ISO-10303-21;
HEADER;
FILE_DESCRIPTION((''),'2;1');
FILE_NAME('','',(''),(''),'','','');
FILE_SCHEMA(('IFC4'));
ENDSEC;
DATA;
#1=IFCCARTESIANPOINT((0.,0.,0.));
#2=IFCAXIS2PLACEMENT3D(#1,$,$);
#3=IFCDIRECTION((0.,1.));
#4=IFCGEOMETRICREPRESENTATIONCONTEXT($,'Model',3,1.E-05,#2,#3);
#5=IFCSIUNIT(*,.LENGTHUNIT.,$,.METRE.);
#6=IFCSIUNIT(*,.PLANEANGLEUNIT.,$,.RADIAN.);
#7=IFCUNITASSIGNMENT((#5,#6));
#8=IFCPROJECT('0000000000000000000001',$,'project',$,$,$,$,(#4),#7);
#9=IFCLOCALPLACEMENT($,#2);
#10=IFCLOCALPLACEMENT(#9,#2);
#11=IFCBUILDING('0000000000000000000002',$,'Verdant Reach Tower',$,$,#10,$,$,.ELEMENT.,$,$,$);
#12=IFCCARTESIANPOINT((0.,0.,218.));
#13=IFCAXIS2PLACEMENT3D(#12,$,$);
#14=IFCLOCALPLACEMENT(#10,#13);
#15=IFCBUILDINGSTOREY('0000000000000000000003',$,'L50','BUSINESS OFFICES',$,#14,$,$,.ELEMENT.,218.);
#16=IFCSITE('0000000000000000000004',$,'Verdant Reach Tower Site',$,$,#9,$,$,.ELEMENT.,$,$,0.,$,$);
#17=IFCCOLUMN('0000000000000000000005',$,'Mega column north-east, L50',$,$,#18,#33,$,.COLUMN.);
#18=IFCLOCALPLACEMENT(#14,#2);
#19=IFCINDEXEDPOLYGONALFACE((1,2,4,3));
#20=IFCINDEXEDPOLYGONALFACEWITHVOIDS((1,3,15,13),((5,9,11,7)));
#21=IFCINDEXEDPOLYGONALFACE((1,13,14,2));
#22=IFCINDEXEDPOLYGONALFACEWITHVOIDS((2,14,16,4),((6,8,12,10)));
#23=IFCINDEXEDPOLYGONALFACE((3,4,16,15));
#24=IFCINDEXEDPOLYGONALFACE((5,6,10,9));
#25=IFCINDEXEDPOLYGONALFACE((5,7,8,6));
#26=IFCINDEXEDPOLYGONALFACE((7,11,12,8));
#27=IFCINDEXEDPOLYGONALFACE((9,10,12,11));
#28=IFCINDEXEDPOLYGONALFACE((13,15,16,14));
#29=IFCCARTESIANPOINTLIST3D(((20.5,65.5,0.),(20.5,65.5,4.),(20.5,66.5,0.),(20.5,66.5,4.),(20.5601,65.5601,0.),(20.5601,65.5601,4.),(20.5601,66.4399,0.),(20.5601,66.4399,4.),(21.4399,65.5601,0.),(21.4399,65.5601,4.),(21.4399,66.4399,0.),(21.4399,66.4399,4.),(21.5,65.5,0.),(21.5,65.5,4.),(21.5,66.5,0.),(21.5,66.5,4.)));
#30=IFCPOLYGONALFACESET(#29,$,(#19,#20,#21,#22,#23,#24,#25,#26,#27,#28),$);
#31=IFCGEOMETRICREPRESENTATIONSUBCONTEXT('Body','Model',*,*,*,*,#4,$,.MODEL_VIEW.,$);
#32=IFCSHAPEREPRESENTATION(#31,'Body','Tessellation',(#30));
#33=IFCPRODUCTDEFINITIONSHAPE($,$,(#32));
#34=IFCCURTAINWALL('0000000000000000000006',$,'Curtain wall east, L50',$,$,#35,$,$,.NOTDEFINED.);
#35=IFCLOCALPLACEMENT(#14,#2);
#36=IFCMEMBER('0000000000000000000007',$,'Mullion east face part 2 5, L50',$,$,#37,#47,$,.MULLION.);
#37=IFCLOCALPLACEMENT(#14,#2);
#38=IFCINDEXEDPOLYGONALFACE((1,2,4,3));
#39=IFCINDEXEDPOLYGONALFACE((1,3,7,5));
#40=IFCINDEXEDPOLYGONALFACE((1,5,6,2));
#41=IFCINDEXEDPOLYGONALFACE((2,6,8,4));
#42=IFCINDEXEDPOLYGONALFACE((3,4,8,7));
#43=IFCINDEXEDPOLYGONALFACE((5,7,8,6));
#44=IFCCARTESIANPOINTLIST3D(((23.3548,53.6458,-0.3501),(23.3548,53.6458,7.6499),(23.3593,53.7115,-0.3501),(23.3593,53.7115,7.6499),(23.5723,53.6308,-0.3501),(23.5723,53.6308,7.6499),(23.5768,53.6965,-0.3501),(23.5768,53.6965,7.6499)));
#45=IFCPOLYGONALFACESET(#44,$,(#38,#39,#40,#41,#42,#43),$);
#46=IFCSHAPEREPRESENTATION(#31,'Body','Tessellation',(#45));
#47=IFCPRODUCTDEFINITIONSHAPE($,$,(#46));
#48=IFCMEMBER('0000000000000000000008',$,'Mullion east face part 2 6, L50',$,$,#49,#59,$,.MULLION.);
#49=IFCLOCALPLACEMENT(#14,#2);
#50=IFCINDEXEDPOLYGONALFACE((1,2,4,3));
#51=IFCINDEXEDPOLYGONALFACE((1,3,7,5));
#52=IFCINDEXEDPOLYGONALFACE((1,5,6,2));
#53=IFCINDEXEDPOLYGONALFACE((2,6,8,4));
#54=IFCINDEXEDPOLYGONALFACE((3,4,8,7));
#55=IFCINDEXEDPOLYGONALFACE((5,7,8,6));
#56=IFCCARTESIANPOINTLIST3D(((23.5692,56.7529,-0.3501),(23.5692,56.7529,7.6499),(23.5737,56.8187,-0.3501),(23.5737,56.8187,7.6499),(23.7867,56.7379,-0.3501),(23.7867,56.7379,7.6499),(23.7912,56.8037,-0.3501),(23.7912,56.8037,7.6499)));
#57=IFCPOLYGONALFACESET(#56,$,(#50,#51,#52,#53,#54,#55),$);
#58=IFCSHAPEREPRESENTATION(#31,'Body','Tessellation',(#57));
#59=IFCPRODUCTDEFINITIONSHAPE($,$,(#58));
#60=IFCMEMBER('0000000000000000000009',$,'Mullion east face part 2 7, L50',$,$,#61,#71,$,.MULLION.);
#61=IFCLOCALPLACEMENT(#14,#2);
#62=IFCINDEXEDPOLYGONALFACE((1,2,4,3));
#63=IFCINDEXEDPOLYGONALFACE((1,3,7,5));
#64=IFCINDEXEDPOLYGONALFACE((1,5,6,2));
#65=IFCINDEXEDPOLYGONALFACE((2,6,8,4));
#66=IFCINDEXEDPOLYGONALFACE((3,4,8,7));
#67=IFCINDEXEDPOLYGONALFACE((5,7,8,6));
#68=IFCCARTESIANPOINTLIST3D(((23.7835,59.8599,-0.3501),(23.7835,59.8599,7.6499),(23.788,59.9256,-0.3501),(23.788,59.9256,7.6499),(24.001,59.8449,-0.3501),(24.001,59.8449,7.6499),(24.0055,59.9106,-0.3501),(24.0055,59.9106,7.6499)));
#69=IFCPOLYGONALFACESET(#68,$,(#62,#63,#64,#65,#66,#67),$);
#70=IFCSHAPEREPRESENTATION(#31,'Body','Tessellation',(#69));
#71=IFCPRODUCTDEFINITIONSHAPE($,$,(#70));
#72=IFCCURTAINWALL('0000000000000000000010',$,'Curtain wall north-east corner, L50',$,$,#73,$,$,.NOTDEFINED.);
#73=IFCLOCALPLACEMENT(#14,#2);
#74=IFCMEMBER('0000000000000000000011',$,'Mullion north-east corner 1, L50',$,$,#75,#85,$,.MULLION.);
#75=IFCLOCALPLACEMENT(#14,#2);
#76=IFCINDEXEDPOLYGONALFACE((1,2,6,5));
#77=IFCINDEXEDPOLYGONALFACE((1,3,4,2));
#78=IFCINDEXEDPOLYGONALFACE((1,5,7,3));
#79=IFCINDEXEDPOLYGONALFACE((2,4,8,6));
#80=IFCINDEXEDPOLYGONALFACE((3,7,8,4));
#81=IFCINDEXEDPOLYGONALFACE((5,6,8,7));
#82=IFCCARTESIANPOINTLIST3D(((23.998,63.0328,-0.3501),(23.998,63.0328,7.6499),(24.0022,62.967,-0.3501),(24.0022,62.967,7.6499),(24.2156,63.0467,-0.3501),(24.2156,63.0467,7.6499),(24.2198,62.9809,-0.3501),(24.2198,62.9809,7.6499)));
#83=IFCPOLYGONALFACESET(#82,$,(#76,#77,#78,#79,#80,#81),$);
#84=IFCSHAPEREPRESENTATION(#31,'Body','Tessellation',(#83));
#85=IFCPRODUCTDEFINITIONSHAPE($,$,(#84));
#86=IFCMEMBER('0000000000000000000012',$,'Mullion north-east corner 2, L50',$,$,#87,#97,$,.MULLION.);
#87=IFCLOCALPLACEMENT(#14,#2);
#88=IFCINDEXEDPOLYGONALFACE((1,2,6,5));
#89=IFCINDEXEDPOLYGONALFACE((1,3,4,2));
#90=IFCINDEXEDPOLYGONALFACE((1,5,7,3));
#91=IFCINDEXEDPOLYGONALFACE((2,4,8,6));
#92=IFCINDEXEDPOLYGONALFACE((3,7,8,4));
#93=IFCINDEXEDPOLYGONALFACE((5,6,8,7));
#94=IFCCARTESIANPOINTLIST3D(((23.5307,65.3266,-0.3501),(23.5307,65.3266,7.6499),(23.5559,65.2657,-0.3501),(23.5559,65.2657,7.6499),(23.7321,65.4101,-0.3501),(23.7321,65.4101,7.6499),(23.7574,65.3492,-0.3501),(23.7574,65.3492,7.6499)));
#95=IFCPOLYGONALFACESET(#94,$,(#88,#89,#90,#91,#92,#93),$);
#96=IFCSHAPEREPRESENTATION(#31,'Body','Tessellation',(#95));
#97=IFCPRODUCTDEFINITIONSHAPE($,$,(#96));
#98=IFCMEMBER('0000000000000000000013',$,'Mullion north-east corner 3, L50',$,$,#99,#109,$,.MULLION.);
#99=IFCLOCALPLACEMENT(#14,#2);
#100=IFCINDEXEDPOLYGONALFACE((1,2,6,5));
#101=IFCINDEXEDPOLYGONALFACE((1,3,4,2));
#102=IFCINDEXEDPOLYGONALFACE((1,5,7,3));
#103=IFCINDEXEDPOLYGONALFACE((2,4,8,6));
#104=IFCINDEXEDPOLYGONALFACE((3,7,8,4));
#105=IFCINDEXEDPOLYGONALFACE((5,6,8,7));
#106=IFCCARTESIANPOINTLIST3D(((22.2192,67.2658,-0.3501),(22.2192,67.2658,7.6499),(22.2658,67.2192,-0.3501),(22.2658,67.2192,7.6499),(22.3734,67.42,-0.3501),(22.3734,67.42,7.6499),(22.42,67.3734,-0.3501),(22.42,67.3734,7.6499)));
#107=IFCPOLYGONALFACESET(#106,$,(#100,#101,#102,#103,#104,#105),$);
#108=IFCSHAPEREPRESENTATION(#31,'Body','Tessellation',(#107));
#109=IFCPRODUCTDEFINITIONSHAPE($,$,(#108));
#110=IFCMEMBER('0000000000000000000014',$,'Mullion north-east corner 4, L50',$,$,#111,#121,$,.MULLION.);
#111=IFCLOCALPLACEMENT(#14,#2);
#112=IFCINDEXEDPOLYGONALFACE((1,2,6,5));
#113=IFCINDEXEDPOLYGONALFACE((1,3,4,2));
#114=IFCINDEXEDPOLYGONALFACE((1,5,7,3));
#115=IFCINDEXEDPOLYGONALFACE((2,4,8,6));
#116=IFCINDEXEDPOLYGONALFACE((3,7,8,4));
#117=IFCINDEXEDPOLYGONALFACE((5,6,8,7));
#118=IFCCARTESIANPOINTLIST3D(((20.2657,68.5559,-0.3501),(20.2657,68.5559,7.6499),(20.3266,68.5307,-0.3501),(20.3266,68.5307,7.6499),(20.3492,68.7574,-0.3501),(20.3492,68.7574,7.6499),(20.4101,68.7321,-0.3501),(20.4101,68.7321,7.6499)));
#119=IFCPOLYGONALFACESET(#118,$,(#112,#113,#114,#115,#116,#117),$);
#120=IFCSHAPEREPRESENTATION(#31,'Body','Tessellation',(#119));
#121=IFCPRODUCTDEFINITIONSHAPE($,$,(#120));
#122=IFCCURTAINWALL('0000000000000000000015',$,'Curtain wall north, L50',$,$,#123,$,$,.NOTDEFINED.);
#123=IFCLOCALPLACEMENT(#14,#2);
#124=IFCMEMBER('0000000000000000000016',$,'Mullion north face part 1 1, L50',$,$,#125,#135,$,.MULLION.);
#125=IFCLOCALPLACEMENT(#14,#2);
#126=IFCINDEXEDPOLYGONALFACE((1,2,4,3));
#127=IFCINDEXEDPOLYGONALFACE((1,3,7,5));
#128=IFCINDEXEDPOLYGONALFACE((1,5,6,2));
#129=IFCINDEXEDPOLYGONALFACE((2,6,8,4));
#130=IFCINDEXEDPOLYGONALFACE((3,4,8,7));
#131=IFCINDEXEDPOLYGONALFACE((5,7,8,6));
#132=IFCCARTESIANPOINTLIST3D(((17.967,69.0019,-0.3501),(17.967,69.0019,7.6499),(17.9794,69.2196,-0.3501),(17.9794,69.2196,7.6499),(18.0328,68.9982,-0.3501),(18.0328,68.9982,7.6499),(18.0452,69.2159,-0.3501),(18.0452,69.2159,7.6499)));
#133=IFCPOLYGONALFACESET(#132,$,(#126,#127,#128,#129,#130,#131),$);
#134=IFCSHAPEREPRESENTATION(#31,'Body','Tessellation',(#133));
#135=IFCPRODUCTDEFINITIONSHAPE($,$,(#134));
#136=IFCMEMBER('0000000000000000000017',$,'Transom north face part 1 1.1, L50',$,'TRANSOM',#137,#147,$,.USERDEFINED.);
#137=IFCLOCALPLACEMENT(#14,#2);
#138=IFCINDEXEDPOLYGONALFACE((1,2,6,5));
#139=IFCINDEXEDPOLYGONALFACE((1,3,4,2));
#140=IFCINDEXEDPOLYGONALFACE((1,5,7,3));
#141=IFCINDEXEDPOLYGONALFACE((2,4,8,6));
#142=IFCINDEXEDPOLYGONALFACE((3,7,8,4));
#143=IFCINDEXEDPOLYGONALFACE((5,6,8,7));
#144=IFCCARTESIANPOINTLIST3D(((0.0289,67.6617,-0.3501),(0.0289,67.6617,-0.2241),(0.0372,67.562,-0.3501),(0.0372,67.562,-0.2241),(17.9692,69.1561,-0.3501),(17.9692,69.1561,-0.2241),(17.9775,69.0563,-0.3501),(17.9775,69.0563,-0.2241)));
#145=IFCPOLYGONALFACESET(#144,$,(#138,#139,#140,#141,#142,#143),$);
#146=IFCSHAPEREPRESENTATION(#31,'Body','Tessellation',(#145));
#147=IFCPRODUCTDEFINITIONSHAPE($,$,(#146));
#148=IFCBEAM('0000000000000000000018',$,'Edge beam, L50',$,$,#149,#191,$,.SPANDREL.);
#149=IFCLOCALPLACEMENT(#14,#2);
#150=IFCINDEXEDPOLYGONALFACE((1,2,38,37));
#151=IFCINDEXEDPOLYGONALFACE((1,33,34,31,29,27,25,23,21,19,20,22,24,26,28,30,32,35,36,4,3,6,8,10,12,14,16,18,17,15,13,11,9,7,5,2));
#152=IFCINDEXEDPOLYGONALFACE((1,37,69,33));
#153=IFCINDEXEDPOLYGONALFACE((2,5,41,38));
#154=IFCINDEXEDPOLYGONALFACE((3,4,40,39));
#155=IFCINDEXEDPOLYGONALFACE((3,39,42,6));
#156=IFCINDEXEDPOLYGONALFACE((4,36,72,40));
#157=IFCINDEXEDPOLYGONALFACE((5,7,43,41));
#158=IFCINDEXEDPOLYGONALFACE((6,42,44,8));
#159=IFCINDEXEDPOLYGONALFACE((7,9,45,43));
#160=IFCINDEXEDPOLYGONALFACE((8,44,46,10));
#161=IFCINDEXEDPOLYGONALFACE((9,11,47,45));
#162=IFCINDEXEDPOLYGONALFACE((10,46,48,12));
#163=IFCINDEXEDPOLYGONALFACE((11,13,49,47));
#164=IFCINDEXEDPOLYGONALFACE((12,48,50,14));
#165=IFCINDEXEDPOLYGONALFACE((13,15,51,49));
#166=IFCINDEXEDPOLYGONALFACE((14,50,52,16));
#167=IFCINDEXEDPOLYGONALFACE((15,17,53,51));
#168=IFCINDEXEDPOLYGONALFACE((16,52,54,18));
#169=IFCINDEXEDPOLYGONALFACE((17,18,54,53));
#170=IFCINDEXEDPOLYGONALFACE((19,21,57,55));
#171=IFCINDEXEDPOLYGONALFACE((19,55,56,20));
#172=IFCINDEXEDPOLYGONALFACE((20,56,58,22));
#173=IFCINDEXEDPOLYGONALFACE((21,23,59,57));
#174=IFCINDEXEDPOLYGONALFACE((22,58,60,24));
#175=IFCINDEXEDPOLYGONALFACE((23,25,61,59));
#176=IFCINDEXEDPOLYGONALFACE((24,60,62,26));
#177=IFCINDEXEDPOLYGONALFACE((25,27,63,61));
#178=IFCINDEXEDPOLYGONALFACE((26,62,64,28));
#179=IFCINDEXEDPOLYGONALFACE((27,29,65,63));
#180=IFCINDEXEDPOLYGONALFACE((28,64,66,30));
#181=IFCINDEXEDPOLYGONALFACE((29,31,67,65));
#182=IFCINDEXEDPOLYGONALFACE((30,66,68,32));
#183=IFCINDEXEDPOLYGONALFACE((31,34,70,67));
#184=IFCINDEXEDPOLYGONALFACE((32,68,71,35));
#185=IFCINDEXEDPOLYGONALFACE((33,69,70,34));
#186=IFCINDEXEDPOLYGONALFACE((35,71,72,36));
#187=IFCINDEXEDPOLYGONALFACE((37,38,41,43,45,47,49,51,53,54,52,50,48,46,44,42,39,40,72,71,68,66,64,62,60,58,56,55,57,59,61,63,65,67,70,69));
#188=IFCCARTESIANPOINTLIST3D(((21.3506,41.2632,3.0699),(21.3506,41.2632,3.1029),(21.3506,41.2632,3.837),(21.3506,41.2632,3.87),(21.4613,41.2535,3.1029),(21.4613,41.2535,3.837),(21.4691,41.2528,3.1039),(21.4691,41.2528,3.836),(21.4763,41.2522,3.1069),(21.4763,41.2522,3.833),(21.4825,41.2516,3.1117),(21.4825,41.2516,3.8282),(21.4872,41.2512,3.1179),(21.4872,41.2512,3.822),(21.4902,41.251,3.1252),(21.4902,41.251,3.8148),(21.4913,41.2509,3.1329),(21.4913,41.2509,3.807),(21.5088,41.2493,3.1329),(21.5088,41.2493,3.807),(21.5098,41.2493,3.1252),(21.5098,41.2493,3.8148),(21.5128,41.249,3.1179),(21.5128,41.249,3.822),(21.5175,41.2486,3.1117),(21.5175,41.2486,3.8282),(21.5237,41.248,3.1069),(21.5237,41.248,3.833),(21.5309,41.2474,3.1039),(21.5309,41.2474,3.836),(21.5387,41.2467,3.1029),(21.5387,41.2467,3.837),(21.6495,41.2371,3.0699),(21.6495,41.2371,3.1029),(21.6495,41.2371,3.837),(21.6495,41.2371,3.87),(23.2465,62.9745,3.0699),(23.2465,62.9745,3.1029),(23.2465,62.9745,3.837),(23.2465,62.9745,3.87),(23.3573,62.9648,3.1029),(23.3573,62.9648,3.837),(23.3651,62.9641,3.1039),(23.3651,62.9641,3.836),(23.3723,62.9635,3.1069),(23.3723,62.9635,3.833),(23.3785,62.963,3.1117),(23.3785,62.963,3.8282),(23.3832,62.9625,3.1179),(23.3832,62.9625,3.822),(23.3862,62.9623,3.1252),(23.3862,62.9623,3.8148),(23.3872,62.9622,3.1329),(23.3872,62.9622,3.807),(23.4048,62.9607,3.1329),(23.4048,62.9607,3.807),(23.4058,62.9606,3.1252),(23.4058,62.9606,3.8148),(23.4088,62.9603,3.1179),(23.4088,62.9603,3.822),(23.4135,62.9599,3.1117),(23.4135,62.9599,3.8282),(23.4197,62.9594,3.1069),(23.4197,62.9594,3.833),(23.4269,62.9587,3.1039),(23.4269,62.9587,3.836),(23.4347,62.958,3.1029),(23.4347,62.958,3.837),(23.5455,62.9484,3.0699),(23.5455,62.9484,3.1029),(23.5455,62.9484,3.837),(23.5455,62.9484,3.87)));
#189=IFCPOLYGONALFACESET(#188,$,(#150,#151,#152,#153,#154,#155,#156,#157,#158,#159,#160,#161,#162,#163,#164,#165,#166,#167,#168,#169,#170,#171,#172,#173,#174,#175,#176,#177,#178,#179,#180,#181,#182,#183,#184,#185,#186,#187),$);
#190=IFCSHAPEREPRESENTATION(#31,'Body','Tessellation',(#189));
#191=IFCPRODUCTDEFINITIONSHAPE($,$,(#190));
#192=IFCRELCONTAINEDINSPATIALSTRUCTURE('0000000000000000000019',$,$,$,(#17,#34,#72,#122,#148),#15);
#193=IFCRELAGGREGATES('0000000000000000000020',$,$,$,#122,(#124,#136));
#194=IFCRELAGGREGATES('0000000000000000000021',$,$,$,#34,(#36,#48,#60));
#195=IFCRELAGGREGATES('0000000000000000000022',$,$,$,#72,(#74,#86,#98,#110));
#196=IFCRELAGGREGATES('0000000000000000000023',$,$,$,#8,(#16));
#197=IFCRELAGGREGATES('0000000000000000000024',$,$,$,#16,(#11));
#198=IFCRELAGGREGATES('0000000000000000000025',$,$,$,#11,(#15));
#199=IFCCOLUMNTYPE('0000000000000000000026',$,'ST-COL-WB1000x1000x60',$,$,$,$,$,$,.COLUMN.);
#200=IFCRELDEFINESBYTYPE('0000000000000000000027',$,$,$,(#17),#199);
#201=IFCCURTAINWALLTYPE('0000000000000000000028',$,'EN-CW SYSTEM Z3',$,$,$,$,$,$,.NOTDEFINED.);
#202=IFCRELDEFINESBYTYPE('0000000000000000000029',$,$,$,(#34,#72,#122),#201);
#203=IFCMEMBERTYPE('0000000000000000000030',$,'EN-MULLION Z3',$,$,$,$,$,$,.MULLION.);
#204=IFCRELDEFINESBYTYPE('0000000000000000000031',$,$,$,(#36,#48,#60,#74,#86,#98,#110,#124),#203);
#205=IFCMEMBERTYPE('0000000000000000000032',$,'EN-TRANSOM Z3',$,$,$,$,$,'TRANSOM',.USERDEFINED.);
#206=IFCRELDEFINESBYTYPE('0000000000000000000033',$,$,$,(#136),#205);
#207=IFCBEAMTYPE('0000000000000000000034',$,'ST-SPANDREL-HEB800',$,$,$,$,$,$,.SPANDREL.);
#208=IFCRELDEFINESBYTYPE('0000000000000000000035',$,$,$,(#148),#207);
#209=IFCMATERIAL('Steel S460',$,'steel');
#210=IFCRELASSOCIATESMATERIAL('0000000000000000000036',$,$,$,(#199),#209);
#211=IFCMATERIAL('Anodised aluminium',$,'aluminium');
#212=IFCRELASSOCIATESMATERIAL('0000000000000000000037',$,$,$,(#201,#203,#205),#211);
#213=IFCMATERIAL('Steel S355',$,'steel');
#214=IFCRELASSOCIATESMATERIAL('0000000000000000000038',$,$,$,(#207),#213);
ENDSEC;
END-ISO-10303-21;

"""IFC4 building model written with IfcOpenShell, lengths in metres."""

from ifc_helpers import new_model, si_unit, direction, frame, origin, origin_2d, place, context, subcontext, project, spatial, rectangle, hollow_rectangle, i_section, extrude, material, material_profile, profile_set, type_object, element, aggregate, save


model = new_model("IFC4")

# Units and contexts
model_context = context("Model", 3, precision=1e-05, world=origin(), true_north=direction((0.0, 1.0)))
body_context = subcontext(model_context, "Body", "Model", "MODEL_VIEW")
ifc_project = project(units=[si_unit("LENGTHUNIT", "METRE"), si_unit("PLANEANGLEUNIT", "RADIAN")], contexts=[model_context])

# Site, building, storey
site_placement = place(None, origin())
site = spatial("IfcSite", under=ifc_project, at=site_placement, Name="Verdant Reach Tower Site", CompositionType="ELEMENT", RefElevation=0.0)
building_placement = place(site_placement, origin())
building = spatial("IfcBuilding", under=site, at=building_placement, Name="Verdant Reach Tower", CompositionType="ELEMENT")
storey_placement = place(building_placement, frame((0.0, 0.0, 218.0)))
storey = spatial("IfcBuildingStorey", under=building, at=storey_placement, Name="L50", Description="BUSINESS OFFICES", CompositionType="ELEMENT", Elevation=218.0)

# Column
ifc_material_1 = material(Name="Steel S460", Category="steel")
ifc_material_profile_1 = material_profile(ifc_material_1, hollow_rectangle(XDim=1.0, YDim=1.0, WallThickness=0.0601, at=origin_2d()), Name="WB 1000x1000x60")
ifc_profile_set_1 = profile_set([ifc_material_profile_1], Name="Steel S460")
column_type = type_object("IfcColumnType", Name="ST-COL-WB1000x1000x60", PredefinedType="COLUMN", material=ifc_profile_set_1)
column_placement = place(storey_placement, frame((21.0, 66.0, 0.0), z_axis=(0.0, 0.0, 1.0), x_axis=(1.0, 0.0, 0.0)))
element("IfcColumn", 1, at=column_placement, inside=storey, type_object=column_type, Name="Mega column north-east, L50", PredefinedType="COLUMN", context=body_context, shape_type="SweptSolid", body=[
    extrude(hollow_rectangle(XDim=1.0, YDim=1.0, WallThickness=0.0601, at=origin_2d()), origin(), (0.0, 0.0, 1.0), 4.0),
])

# Curtain walls, members
ifc_material_2 = material(Name="Anodised aluminium", Category="aluminium")
curtain_wall_type = type_object("IfcCurtainWallType", Name="EN-CW SYSTEM Z3", PredefinedType="NOTDEFINED", material=ifc_material_2)
curtain_wall_1_placement = place(storey_placement, origin())
curtain_wall_1 = element("IfcCurtainWall", 2, at=curtain_wall_1_placement, inside=storey, type_object=curtain_wall_type, Name="Curtain wall east, L50", PredefinedType="NOTDEFINED")
ifc_material_profile_2 = material_profile(ifc_material_2, rectangle(XDim=0.218, YDim=0.0659, at=origin_2d()), Name="Mullion 66x218")
ifc_profile_set_2 = profile_set([ifc_material_profile_2], Name="Anodised aluminium")
member_type_1 = type_object("IfcMemberType", Name="EN-MULLION Z3", PredefinedType="MULLION", material=ifc_profile_set_2)
member_1_placement = place(storey_placement, frame((23.4658, 53.6711, -0.3501), z_axis=(0.0, 0.0, 1.0), x_axis=(0.99763, -0.068802, 0.0)))
member_1 = element("IfcMember", 3, at=member_1_placement, type_object=member_type_1, Name="Mullion east face part 2 5, L50", PredefinedType="MULLION", context=body_context, shape_type="SweptSolid", body=[
    extrude(rectangle(XDim=0.218, YDim=0.0659, at=origin_2d()), origin(), (0.0, 0.0, 1.0), 8.0),
])
member_2_placement = place(storey_placement, frame((23.6802, 56.7783, -0.3501), z_axis=(0.0, 0.0, 1.0), x_axis=(0.99763, -0.068802, 0.0)))
member_2 = element("IfcMember", 4, at=member_2_placement, type_object=member_type_1, Name="Mullion east face part 2 6, L50", PredefinedType="MULLION", context=body_context, shape_type="SweptSolid", body=[
    extrude(rectangle(XDim=0.218, YDim=0.0659, at=origin_2d()), origin(), (0.0, 0.0, 1.0), 8.0),
])
member_3_placement = place(storey_placement, frame((23.8945, 59.8853, -0.3501), z_axis=(0.0, 0.0, 1.0), x_axis=(0.99763, -0.068802, 0.0)))
member_3 = element("IfcMember", 5, at=member_3_placement, type_object=member_type_1, Name="Mullion east face part 2 7, L50", PredefinedType="MULLION", context=body_context, shape_type="SweptSolid", body=[
    extrude(rectangle(XDim=0.218, YDim=0.0659, at=origin_2d()), origin(), (0.0, 0.0, 1.0), 8.0),
])
curtain_wall_2_placement = place(storey_placement, origin())
curtain_wall_2 = element("IfcCurtainWall", 6, at=curtain_wall_2_placement, inside=storey, type_object=curtain_wall_type, Name="Curtain wall north-east corner, L50", PredefinedType="NOTDEFINED")
member_4_placement = place(storey_placement, frame((24.1089, 63.0068, -0.3501), z_axis=(0.0, 0.0, 1.0), x_axis=(0.997969, 0.063699, 0.0)))
member_4 = element("IfcMember", 7, at=member_4_placement, type_object=member_type_1, Name="Mullion north-east corner 1, L50", PredefinedType="MULLION", context=body_context, shape_type="SweptSolid", body=[
    extrude(rectangle(XDim=0.218, YDim=0.0659, at=origin_2d()), origin(), (0.0, 0.0, 1.0), 8.0),
])
member_5_placement = place(storey_placement, frame((23.644, 65.3379, -0.3501), z_axis=(0.0, 0.0, 1.0), x_axis=(0.923875, 0.382694, 0.0)))
member_5 = element("IfcMember", 8, at=member_5_placement, type_object=member_type_1, Name="Mullion north-east corner 2, L50", PredefinedType="MULLION", context=body_context, shape_type="SweptSolid", body=[
    extrude(rectangle(XDim=0.218, YDim=0.0659, at=origin_2d()), origin(), (0.0, 0.0, 1.0), 8.0),
])
member_6_placement = place(storey_placement, frame((22.3196, 67.3196, -0.3501), z_axis=(0.0, 0.0, 1.0), x_axis=(0.707107, 0.707107, 0.0)))
member_6 = element("IfcMember", 9, at=member_6_placement, type_object=member_type_1, Name="Mullion north-east corner 3, L50", PredefinedType="MULLION", context=body_context, shape_type="SweptSolid", body=[
    extrude(rectangle(XDim=0.218, YDim=0.0659, at=origin_2d()), origin(), (0.0, 0.0, 1.0), 8.0),
])
member_7_placement = place(storey_placement, frame((20.3379, 68.644, -0.3501), z_axis=(0.0, 0.0, 1.0), x_axis=(0.382694, 0.923875, 0.0)))
member_7 = element("IfcMember", 10, at=member_7_placement, type_object=member_type_1, Name="Mullion north-east corner 4, L50", PredefinedType="MULLION", context=body_context, shape_type="SweptSolid", body=[
    extrude(rectangle(XDim=0.218, YDim=0.0659, at=origin_2d()), origin(), (0.0, 0.0, 1.0), 8.0),
])
curtain_wall_3_placement = place(storey_placement, origin())
curtain_wall_3 = element("IfcCurtainWall", 11, at=curtain_wall_3_placement, inside=storey, type_object=curtain_wall_type, Name="Curtain wall north, L50", PredefinedType="NOTDEFINED")
member_8_placement = place(storey_placement, frame((18.0061, 69.1089, -0.3501), z_axis=(0.0, 0.0, 1.0), x_axis=(0.056569, 0.998399, 0.0)))
member_8 = element("IfcMember", 12, at=member_8_placement, type_object=member_type_1, Name="Mullion north face part 1 1, L50", PredefinedType="MULLION", context=body_context, shape_type="SweptSolid", body=[
    extrude(rectangle(XDim=0.218, YDim=0.0659, at=origin_2d()), origin(), (0.0, 0.0, 1.0), 8.0),
])
ifc_material_profile_3 = material_profile(ifc_material_2, rectangle(XDim=0.1001, YDim=0.126, at=origin_2d()), Name="Transom 126x100")
ifc_profile_set_3 = profile_set([ifc_material_profile_3], Name="Anodised aluminium")
member_type_2 = type_object("IfcMemberType", Name="EN-TRANSOM Z3", ElementType="TRANSOM", PredefinedType="USERDEFINED", material=ifc_profile_set_3)
member_9_placement = place(storey_placement, frame((17.9734, 69.1062, -0.2871), z_axis=(-0.996549, -0.08301, 0.0), x_axis=(0.08301, -0.996549, 0.0)))
member_9 = element("IfcMember", 13, at=member_9_placement, type_object=member_type_2, Name="Transom north face part 1 1.1, L50", ObjectType="TRANSOM", PredefinedType="USERDEFINED", context=body_context, shape_type="SweptSolid", body=[
    extrude(rectangle(XDim=0.1001, YDim=0.126, at=origin_2d()), origin(), (0.0, 0.0, 1.0), 18.0024),
])
aggregate(curtain_wall_3, [member_8, member_9])

# Beam
ifc_material_3 = material(Name="Steel S355", Category="steel")
ifc_material_profile_4 = material_profile(ifc_material_3, i_section(OverallWidth=0.3, OverallDepth=0.8, WebThickness=0.0176, FlangeThickness=0.033, FilletRadius=0.03, at=origin_2d()), Name="HEB 800")
ifc_profile_set_4 = profile_set([ifc_material_profile_4], Name="Steel S355")
beam_type_1 = type_object("IfcBeamType", Name="ST-SPANDREL-HEB800", PredefinedType="SPANDREL", material=ifc_profile_set_4)
beam_1_placement = place(storey_placement, frame((23.396, 62.9614, 3.47), z_axis=(-0.086996, -0.996209, 0.0), x_axis=(0.996209, -0.086996, 0.0)))
element("IfcBeam", 14, at=beam_1_placement, inside=storey, type_object=beam_type_1, Name="Edge beam, L50", PredefinedType="SPANDREL", context=body_context, shape_type="SweptSolid", body=[
    extrude(i_section(OverallWidth=0.3, OverallDepth=0.8, WebThickness=0.0176, FlangeThickness=0.033, FilletRadius=0.03, at=origin_2d()), origin(), (0.0, 0.0, 1.0), 21.7939),
])

aggregate(curtain_wall_1, [member_1, member_2, member_3])
aggregate(curtain_wall_2, [member_4, member_5, member_6, member_7])

save(model, "model.ifc")
